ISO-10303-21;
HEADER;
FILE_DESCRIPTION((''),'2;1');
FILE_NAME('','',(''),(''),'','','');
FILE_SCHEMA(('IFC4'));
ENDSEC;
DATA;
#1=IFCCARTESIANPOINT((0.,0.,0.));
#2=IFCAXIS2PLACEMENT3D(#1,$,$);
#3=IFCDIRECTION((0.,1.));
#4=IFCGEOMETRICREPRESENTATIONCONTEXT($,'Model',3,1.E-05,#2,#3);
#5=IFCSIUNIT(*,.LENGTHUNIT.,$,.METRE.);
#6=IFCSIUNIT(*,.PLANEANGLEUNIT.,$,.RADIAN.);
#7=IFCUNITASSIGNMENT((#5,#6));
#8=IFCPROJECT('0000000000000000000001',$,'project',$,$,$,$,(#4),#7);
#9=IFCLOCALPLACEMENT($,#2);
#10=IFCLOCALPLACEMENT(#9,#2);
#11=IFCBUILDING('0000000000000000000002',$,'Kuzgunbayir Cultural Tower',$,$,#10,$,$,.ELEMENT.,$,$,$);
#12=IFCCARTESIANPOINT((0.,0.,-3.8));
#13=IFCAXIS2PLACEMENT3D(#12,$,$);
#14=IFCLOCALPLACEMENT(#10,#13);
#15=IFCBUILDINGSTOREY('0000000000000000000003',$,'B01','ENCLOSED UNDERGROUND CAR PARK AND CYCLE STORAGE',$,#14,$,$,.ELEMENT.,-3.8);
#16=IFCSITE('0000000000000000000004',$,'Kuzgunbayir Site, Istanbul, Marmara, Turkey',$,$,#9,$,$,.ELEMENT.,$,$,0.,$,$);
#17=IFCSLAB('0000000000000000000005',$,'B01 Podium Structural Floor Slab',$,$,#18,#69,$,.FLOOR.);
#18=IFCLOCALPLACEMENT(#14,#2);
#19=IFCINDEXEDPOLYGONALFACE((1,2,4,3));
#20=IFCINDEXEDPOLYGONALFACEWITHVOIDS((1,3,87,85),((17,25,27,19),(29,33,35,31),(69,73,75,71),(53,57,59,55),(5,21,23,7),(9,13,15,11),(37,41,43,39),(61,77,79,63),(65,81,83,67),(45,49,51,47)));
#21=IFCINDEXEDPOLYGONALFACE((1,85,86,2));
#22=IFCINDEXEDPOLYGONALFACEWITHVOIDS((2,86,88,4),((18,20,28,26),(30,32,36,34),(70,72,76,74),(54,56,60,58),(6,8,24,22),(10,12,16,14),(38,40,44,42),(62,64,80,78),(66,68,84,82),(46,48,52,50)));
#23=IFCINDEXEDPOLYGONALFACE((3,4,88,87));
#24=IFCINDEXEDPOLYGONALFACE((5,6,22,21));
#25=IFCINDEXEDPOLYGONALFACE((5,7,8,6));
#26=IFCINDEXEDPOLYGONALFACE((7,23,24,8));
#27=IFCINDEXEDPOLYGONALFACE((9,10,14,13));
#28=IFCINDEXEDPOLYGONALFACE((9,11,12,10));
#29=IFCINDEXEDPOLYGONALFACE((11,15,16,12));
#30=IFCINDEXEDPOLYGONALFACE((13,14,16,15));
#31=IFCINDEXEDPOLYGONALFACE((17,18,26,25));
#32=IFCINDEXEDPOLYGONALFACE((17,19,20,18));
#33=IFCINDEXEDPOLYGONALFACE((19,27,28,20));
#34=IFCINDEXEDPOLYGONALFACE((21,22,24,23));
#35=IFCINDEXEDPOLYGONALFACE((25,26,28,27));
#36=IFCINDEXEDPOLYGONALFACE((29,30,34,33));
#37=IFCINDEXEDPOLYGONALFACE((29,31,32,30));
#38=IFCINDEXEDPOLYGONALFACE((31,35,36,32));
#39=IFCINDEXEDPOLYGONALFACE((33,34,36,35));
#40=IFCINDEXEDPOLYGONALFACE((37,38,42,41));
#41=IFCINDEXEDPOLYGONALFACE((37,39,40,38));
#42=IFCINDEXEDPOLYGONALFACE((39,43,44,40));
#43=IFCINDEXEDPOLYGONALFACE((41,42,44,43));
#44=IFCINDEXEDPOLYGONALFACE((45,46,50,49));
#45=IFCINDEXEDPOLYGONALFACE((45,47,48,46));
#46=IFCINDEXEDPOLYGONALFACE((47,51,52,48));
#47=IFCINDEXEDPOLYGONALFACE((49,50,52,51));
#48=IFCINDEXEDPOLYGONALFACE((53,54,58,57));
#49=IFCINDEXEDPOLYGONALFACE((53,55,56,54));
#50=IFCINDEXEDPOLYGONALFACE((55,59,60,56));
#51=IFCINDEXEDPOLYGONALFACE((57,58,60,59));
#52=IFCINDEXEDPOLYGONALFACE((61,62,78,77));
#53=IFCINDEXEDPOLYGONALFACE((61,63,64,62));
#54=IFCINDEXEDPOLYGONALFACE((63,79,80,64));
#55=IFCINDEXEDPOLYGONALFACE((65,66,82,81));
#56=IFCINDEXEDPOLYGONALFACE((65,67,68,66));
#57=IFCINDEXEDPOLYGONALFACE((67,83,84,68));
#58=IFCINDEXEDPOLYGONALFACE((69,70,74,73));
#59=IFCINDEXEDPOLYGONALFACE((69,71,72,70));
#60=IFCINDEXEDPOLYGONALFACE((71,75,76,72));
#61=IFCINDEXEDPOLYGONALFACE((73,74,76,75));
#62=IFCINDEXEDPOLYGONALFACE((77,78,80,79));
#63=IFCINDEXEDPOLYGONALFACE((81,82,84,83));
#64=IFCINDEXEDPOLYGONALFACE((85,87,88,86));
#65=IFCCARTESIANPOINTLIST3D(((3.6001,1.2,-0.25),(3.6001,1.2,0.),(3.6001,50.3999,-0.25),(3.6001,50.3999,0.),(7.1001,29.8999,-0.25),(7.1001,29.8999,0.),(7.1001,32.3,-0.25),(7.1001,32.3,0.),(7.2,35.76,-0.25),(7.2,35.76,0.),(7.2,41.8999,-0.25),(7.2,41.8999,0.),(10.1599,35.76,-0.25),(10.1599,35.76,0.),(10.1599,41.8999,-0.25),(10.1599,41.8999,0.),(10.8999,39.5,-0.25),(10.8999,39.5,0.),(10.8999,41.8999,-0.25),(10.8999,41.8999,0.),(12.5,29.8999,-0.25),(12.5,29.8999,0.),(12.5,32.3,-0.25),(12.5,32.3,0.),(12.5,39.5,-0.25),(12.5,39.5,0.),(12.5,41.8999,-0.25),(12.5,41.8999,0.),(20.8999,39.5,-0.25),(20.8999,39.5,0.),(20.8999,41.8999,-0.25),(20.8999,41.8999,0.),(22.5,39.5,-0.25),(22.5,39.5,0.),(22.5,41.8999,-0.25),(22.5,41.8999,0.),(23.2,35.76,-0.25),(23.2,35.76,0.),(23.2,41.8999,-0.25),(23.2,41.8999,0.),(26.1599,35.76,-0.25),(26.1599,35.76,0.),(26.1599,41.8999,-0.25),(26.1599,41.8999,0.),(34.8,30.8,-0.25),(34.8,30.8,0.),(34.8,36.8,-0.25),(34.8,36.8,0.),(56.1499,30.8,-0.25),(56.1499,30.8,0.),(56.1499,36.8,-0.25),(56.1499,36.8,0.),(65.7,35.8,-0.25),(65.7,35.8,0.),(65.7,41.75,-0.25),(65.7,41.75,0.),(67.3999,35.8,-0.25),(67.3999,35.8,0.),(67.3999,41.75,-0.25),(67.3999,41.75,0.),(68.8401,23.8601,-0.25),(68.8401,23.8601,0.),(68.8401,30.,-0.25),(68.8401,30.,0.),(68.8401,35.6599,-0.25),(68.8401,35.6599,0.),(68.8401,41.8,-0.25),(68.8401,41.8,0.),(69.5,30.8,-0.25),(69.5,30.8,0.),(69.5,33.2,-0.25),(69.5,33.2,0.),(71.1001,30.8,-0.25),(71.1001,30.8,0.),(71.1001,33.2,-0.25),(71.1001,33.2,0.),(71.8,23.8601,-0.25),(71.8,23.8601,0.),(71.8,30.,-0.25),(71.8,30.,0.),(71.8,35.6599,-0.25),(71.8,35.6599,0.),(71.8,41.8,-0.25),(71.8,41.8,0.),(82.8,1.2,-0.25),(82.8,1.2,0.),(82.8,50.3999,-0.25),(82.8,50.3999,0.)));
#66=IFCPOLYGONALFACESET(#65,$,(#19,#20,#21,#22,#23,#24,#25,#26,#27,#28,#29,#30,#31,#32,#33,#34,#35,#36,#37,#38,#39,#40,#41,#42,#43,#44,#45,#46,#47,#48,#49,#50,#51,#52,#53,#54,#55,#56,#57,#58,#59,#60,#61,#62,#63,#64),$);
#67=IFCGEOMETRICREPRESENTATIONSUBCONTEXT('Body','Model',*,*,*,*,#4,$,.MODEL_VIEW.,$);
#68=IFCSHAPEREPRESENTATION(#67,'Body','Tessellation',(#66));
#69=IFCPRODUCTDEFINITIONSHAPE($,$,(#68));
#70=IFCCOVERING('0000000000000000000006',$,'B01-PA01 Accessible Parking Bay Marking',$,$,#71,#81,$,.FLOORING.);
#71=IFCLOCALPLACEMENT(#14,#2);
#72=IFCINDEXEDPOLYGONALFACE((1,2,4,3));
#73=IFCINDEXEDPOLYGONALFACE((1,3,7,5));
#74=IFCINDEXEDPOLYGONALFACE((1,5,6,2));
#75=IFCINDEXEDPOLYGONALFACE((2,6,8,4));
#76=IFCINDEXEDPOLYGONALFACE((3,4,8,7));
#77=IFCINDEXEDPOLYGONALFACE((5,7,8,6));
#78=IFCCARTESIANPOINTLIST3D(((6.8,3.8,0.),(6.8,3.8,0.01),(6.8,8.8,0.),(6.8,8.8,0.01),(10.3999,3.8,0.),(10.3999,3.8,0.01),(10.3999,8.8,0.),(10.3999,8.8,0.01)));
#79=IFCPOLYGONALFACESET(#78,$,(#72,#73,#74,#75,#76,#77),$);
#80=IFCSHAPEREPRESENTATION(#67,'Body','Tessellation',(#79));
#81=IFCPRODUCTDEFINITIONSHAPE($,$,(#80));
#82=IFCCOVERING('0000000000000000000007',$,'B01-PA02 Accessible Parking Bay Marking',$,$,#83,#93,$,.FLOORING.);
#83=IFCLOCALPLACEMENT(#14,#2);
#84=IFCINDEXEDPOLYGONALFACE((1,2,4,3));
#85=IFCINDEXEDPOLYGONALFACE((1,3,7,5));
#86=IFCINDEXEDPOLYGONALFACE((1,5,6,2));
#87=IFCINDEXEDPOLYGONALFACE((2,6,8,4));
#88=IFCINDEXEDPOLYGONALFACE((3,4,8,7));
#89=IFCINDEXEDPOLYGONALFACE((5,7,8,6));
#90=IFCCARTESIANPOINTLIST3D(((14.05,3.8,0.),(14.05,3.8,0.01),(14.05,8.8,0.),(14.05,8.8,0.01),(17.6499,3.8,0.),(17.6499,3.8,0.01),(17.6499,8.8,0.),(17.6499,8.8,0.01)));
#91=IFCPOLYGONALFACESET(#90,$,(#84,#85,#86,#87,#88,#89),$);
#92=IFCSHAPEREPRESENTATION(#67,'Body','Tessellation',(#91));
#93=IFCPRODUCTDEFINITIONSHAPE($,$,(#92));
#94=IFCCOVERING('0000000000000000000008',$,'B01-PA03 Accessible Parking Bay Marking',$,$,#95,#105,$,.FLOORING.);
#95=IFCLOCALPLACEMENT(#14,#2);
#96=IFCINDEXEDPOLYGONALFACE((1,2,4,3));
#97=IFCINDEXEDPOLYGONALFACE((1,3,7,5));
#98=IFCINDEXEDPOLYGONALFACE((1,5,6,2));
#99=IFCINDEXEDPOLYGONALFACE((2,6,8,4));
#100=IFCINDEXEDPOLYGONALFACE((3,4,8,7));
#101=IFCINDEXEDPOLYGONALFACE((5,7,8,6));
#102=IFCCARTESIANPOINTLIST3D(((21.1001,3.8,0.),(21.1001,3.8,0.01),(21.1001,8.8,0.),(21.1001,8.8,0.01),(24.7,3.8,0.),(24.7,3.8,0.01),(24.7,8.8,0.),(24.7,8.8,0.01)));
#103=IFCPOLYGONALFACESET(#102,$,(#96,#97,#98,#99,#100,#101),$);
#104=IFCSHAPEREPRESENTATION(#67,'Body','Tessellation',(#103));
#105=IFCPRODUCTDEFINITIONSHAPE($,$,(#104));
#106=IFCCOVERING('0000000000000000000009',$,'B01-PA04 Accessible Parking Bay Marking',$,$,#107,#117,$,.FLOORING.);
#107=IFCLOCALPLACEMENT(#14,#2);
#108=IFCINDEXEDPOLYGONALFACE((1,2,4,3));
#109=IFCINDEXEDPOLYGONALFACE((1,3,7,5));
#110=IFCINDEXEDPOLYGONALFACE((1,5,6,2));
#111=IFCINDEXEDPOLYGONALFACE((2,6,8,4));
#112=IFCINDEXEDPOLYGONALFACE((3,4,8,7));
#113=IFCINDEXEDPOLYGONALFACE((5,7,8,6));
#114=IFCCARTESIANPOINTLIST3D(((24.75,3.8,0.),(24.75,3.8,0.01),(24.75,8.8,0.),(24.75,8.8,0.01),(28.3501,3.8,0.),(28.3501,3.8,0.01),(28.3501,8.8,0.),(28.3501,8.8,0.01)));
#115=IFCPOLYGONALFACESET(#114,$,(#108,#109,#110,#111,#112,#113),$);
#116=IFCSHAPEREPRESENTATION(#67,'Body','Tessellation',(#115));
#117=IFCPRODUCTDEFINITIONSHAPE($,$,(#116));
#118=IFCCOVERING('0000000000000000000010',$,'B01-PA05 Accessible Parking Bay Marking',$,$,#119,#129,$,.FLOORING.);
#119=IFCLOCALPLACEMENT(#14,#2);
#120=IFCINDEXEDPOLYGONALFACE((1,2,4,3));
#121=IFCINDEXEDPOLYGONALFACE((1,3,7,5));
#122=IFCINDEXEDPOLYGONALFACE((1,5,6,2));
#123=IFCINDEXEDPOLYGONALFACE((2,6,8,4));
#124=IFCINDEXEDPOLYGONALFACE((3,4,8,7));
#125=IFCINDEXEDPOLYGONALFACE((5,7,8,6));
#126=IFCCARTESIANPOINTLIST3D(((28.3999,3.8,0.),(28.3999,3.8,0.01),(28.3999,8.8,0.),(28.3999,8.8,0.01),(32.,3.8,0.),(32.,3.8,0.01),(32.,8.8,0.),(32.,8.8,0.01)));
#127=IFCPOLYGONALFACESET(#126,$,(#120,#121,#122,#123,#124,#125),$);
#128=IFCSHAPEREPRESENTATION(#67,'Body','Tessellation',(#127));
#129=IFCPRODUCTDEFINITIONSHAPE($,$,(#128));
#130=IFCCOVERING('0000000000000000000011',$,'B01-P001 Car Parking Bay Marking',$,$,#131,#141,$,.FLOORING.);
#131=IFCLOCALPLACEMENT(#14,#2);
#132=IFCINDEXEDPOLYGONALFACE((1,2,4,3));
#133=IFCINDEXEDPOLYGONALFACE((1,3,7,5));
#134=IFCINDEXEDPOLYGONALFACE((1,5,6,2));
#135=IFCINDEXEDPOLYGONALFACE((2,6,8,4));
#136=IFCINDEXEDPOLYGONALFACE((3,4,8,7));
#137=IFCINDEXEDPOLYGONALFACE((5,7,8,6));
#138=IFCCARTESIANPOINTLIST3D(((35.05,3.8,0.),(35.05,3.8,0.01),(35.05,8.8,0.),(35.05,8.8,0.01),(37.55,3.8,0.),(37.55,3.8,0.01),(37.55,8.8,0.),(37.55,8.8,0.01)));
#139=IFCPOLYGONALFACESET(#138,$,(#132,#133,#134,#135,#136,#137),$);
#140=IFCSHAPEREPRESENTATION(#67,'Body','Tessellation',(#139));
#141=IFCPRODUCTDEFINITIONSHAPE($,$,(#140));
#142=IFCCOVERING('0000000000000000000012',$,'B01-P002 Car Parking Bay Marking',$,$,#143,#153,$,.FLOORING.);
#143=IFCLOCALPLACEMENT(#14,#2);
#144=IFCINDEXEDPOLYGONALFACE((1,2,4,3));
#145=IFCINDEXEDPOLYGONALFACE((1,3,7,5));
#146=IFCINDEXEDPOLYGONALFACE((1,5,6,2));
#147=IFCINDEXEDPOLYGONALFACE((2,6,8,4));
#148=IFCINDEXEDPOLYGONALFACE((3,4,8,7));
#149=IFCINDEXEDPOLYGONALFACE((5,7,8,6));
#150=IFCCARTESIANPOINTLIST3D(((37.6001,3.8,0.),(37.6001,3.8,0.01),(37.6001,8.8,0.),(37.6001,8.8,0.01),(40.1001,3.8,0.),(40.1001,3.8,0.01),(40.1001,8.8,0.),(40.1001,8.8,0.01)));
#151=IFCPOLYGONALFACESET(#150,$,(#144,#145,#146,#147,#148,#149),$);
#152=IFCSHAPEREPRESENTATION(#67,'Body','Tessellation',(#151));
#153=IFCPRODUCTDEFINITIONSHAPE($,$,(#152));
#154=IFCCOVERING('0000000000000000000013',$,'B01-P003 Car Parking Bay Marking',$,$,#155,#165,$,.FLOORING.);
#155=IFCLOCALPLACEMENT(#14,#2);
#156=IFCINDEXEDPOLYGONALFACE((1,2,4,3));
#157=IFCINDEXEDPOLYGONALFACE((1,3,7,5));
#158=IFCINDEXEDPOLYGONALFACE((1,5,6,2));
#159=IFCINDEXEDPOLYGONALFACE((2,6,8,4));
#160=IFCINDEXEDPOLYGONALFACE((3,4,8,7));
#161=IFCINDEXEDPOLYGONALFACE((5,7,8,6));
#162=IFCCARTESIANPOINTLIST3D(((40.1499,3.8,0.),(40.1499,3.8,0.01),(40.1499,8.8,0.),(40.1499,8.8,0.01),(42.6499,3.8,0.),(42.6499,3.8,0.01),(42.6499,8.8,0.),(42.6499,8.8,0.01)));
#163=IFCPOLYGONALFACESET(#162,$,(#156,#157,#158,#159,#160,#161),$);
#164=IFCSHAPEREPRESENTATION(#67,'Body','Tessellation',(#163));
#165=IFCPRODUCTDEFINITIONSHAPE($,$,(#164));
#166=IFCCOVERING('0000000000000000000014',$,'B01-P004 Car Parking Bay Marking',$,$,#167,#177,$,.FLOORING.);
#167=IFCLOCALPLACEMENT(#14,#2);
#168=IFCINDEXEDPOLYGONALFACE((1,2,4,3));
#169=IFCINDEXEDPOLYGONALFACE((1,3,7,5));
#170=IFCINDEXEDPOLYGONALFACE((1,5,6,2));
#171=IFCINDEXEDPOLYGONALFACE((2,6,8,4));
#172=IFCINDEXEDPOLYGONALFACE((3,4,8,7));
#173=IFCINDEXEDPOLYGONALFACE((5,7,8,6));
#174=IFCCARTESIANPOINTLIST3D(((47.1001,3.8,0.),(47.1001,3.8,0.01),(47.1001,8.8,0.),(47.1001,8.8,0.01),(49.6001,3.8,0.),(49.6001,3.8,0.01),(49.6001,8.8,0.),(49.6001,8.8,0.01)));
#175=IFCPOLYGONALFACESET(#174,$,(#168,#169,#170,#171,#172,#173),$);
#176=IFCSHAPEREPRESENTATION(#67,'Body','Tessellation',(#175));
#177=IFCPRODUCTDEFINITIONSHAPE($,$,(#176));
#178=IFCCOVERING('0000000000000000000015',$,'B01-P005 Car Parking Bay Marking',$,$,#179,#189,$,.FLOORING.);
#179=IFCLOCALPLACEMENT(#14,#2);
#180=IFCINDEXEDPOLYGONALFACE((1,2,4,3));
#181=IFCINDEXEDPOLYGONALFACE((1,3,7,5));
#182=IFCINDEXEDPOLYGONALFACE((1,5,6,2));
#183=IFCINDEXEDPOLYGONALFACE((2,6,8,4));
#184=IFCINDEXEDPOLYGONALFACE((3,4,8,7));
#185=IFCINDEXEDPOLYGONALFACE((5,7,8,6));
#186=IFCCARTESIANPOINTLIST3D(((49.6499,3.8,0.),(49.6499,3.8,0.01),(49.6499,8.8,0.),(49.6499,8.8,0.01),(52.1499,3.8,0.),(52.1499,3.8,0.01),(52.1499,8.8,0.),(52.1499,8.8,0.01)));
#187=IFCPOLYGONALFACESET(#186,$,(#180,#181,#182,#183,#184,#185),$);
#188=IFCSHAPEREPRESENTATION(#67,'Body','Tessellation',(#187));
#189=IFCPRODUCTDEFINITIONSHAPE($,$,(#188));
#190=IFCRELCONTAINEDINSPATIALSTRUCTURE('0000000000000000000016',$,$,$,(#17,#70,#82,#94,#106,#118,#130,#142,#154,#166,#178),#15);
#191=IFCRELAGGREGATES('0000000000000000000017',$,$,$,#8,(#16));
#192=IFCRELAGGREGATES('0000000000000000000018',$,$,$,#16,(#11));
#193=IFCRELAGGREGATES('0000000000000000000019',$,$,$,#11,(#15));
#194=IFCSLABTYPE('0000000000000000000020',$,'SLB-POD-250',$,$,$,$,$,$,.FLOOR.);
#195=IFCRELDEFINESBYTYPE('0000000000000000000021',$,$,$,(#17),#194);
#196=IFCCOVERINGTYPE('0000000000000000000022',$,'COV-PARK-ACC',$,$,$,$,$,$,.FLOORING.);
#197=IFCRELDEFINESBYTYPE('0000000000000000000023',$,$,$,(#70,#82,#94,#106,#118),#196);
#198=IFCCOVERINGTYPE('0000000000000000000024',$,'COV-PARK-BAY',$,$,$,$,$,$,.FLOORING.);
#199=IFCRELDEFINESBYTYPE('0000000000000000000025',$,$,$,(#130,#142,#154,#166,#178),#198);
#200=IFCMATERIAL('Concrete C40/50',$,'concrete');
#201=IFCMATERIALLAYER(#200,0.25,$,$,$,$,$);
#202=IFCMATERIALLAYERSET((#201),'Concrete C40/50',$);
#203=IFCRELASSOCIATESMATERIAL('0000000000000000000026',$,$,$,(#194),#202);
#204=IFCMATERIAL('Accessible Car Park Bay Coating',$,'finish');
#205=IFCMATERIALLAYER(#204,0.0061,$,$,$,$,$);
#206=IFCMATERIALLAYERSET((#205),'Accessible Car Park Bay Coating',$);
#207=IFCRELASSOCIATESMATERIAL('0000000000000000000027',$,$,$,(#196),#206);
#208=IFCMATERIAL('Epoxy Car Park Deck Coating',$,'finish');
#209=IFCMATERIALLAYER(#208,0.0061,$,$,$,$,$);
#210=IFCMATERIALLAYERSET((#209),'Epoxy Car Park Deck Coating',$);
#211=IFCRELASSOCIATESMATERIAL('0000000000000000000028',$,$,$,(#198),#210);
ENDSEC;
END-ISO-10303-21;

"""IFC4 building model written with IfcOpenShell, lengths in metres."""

from ifc_helpers import new_model, si_unit, direction, frame, origin, place, context, subcontext, project, spatial, polyline, outline, extrude, material, layer, layer_set, type_object, element, save


model = new_model("IFC4")

# Units and contexts
model_context = context("Model", 3, precision=1e-05, world=origin(), true_north=direction((0.0, 1.0)))
body_context = subcontext(model_context, "Body", "Model", "MODEL_VIEW")
ifc_project = project(units=[si_unit("LENGTHUNIT", "METRE"), si_unit("PLANEANGLEUNIT", "RADIAN")], contexts=[model_context])

# Site, building, storey
site_placement = place(None, origin())
site = spatial("IfcSite", under=ifc_project, at=site_placement, Name="Kuzgunbayir Site, Istanbul, Marmara, Turkey", CompositionType="ELEMENT", RefElevation=0.0)
building_placement = place(site_placement, origin())
building = spatial("IfcBuilding", under=site, at=building_placement, Name="Kuzgunbayir Cultural Tower", CompositionType="ELEMENT")
storey_placement = place(building_placement, frame((0.0, 0.0, -3.8)))
storey = spatial("IfcBuildingStorey", under=building, at=storey_placement, Name="B01", Description="ENCLOSED UNDERGROUND CAR PARK AND CYCLE STORAGE", CompositionType="ELEMENT", Elevation=-3.8)

# Slab
ifc_material_1 = material(Name="Concrete C40/50", Category="concrete")
ifc_layer_1 = layer(ifc_material_1, 0.25)
ifc_layer_set_1 = layer_set([ifc_layer_1], Name="Concrete C40/50")
slab_type = type_object("IfcSlabType", Name="SLB-POD-250", PredefinedType="FLOOR", material=ifc_layer_set_1)
slab_placement = place(storey_placement, frame((0.0, 0.0, -0.25)))
element("IfcSlab", 1, at=slab_placement, inside=storey, type_object=slab_type, Name="B01 Podium Structural Floor Slab", PredefinedType="FLOOR", context=body_context, shape_type="SweptSolid", body=[
    extrude(outline(polyline([(3.6001, 1.2), (82.8, 1.2), (82.8, 50.3999), (3.6001, 50.3999), (3.6001, 1.2)]), holes=[polyline([(7.2, 35.76), (7.2, 41.8999), (10.1599, 41.8999), (10.1599, 35.76), (7.2, 35.76)]), polyline([(23.2, 35.76), (23.2, 41.8999), (26.1599, 41.8999), (26.1599, 35.76), (23.2, 35.76)]), polyline([(68.8401, 23.8601), (68.8401, 30.0), (71.8, 30.0), (71.8, 23.8601), (68.8401, 23.8601)]), polyline([(68.8401, 35.6599), (68.8401, 41.8), (71.8, 41.8), (71.8, 35.6599), (68.8401, 35.6599)]), polyline([(7.1001, 29.8999), (7.1001, 32.3), (12.5, 32.3), (12.5, 29.8999), (7.1001, 29.8999)]), polyline([(10.8999, 39.5), (10.8999, 41.8999), (12.5, 41.8999), (12.5, 39.5), (10.8999, 39.5)]), polyline([(20.8999, 39.5), (20.8999, 41.8999), (22.5, 41.8999), (22.5, 39.5), (20.8999, 39.5)]), polyline([(65.7, 35.8), (65.7, 41.75), (67.3999, 41.75), (67.3999, 35.8), (65.7, 35.8)]), polyline([(69.5, 30.8), (69.5, 33.2), (71.1001, 33.2), (71.1001, 30.8), (69.5, 30.8)]), polyline([(34.8, 30.8), (34.8, 36.8), (56.1499, 36.8), (56.1499, 30.8), (34.8, 30.8)])]), origin(), (0.0, 0.0, 1.0), 0.25),
])

# Coverings
ifc_material_2 = material(Name="Accessible Car Park Bay Coating", Category="finish")
ifc_layer_2 = layer(ifc_material_2, 0.0061)
ifc_layer_set_2 = layer_set([ifc_layer_2], Name="Accessible Car Park Bay Coating")
covering_type_1 = type_object("IfcCoveringType", Name="COV-PARK-ACC", PredefinedType="FLOORING", material=ifc_layer_set_2)
covering_1_placement = place(storey_placement, origin())
element("IfcCovering", 2, at=covering_1_placement, inside=storey, type_object=covering_type_1, Name="B01-PA01 Accessible Parking Bay Marking", PredefinedType="FLOORING", context=body_context, shape_type="SweptSolid", body=[
    extrude(outline(polyline([(6.8, 3.8), (10.3999, 3.8), (10.3999, 8.8), (6.8, 8.8), (6.8, 3.8)])), origin(), (0.0, 0.0, 1.0), 0.01),
])
covering_2_placement = place(storey_placement, origin())
element("IfcCovering", 3, at=covering_2_placement, inside=storey, type_object=covering_type_1, Name="B01-PA02 Accessible Parking Bay Marking", PredefinedType="FLOORING", context=body_context, shape_type="SweptSolid", body=[
    extrude(outline(polyline([(14.05, 3.8), (17.6499, 3.8), (17.6499, 8.8), (14.05, 8.8), (14.05, 3.8)])), origin(), (0.0, 0.0, 1.0), 0.01),
])
covering_3_placement = place(storey_placement, origin())
element("IfcCovering", 4, at=covering_3_placement, inside=storey, type_object=covering_type_1, Name="B01-PA03 Accessible Parking Bay Marking", PredefinedType="FLOORING", context=body_context, shape_type="SweptSolid", body=[
    extrude(outline(polyline([(21.1001, 3.8), (24.7, 3.8), (24.7, 8.8), (21.1001, 8.8), (21.1001, 3.8)])), origin(), (0.0, 0.0, 1.0), 0.01),
])
covering_4_placement = place(storey_placement, origin())
element("IfcCovering", 5, at=covering_4_placement, inside=storey, type_object=covering_type_1, Name="B01-PA04 Accessible Parking Bay Marking", PredefinedType="FLOORING", context=body_context, shape_type="SweptSolid", body=[
    extrude(outline(polyline([(24.75, 3.8), (28.3501, 3.8), (28.3501, 8.8), (24.75, 8.8), (24.75, 3.8)])), origin(), (0.0, 0.0, 1.0), 0.01),
])
covering_5_placement = place(storey_placement, origin())
element("IfcCovering", 6, at=covering_5_placement, inside=storey, type_object=covering_type_1, Name="B01-PA05 Accessible Parking Bay Marking", PredefinedType="FLOORING", context=body_context, shape_type="SweptSolid", body=[
    extrude(outline(polyline([(28.3999, 3.8), (32.0, 3.8), (32.0, 8.8), (28.3999, 8.8), (28.3999, 3.8)])), origin(), (0.0, 0.0, 1.0), 0.01),
])
ifc_material_3 = material(Name="Epoxy Car Park Deck Coating", Category="finish")
ifc_layer_3 = layer(ifc_material_3, 0.0061)
ifc_layer_set_3 = layer_set([ifc_layer_3], Name="Epoxy Car Park Deck Coating")
covering_type_2 = type_object("IfcCoveringType", Name="COV-PARK-BAY", PredefinedType="FLOORING", material=ifc_layer_set_3)
covering_6_placement = place(storey_placement, origin())
element("IfcCovering", 7, at=covering_6_placement, inside=storey, type_object=covering_type_2, Name="B01-P001 Car Parking Bay Marking", PredefinedType="FLOORING", context=body_context, shape_type="SweptSolid", body=[
    extrude(outline(polyline([(35.05, 3.8), (37.55, 3.8), (37.55, 8.8), (35.05, 8.8), (35.05, 3.8)])), origin(), (0.0, 0.0, 1.0), 0.01),
])
covering_7_placement = place(storey_placement, origin())
element("IfcCovering", 8, at=covering_7_placement, inside=storey, type_object=covering_type_2, Name="B01-P002 Car Parking Bay Marking", PredefinedType="FLOORING", context=body_context, shape_type="SweptSolid", body=[
    extrude(outline(polyline([(37.6001, 3.8), (40.1001, 3.8), (40.1001, 8.8), (37.6001, 8.8), (37.6001, 3.8)])), origin(), (0.0, 0.0, 1.0), 0.01),
])
covering_8_placement = place(storey_placement, origin())
element("IfcCovering", 9, at=covering_8_placement, inside=storey, type_object=covering_type_2, Name="B01-P003 Car Parking Bay Marking", PredefinedType="FLOORING", context=body_context, shape_type="SweptSolid", body=[
    extrude(outline(polyline([(40.1499, 3.8), (42.6499, 3.8), (42.6499, 8.8), (40.1499, 8.8), (40.1499, 3.8)])), origin(), (0.0, 0.0, 1.0), 0.01),
])
covering_9_placement = place(storey_placement, origin())
element("IfcCovering", 10, at=covering_9_placement, inside=storey, type_object=covering_type_2, Name="B01-P004 Car Parking Bay Marking", PredefinedType="FLOORING", context=body_context, shape_type="SweptSolid", body=[
    extrude(outline(polyline([(47.1001, 3.8), (49.6001, 3.8), (49.6001, 8.8), (47.1001, 8.8), (47.1001, 3.8)])), origin(), (0.0, 0.0, 1.0), 0.01),
])
covering_10_placement = place(storey_placement, origin())
element("IfcCovering", 11, at=covering_10_placement, inside=storey, type_object=covering_type_2, Name="B01-P005 Car Parking Bay Marking", PredefinedType="FLOORING", context=body_context, shape_type="SweptSolid", body=[
    extrude(outline(polyline([(49.6499, 3.8), (52.1499, 3.8), (52.1499, 8.8), (49.6499, 8.8), (49.6499, 3.8)])), origin(), (0.0, 0.0, 1.0), 0.01),
])

save(model, "model.ifc")
